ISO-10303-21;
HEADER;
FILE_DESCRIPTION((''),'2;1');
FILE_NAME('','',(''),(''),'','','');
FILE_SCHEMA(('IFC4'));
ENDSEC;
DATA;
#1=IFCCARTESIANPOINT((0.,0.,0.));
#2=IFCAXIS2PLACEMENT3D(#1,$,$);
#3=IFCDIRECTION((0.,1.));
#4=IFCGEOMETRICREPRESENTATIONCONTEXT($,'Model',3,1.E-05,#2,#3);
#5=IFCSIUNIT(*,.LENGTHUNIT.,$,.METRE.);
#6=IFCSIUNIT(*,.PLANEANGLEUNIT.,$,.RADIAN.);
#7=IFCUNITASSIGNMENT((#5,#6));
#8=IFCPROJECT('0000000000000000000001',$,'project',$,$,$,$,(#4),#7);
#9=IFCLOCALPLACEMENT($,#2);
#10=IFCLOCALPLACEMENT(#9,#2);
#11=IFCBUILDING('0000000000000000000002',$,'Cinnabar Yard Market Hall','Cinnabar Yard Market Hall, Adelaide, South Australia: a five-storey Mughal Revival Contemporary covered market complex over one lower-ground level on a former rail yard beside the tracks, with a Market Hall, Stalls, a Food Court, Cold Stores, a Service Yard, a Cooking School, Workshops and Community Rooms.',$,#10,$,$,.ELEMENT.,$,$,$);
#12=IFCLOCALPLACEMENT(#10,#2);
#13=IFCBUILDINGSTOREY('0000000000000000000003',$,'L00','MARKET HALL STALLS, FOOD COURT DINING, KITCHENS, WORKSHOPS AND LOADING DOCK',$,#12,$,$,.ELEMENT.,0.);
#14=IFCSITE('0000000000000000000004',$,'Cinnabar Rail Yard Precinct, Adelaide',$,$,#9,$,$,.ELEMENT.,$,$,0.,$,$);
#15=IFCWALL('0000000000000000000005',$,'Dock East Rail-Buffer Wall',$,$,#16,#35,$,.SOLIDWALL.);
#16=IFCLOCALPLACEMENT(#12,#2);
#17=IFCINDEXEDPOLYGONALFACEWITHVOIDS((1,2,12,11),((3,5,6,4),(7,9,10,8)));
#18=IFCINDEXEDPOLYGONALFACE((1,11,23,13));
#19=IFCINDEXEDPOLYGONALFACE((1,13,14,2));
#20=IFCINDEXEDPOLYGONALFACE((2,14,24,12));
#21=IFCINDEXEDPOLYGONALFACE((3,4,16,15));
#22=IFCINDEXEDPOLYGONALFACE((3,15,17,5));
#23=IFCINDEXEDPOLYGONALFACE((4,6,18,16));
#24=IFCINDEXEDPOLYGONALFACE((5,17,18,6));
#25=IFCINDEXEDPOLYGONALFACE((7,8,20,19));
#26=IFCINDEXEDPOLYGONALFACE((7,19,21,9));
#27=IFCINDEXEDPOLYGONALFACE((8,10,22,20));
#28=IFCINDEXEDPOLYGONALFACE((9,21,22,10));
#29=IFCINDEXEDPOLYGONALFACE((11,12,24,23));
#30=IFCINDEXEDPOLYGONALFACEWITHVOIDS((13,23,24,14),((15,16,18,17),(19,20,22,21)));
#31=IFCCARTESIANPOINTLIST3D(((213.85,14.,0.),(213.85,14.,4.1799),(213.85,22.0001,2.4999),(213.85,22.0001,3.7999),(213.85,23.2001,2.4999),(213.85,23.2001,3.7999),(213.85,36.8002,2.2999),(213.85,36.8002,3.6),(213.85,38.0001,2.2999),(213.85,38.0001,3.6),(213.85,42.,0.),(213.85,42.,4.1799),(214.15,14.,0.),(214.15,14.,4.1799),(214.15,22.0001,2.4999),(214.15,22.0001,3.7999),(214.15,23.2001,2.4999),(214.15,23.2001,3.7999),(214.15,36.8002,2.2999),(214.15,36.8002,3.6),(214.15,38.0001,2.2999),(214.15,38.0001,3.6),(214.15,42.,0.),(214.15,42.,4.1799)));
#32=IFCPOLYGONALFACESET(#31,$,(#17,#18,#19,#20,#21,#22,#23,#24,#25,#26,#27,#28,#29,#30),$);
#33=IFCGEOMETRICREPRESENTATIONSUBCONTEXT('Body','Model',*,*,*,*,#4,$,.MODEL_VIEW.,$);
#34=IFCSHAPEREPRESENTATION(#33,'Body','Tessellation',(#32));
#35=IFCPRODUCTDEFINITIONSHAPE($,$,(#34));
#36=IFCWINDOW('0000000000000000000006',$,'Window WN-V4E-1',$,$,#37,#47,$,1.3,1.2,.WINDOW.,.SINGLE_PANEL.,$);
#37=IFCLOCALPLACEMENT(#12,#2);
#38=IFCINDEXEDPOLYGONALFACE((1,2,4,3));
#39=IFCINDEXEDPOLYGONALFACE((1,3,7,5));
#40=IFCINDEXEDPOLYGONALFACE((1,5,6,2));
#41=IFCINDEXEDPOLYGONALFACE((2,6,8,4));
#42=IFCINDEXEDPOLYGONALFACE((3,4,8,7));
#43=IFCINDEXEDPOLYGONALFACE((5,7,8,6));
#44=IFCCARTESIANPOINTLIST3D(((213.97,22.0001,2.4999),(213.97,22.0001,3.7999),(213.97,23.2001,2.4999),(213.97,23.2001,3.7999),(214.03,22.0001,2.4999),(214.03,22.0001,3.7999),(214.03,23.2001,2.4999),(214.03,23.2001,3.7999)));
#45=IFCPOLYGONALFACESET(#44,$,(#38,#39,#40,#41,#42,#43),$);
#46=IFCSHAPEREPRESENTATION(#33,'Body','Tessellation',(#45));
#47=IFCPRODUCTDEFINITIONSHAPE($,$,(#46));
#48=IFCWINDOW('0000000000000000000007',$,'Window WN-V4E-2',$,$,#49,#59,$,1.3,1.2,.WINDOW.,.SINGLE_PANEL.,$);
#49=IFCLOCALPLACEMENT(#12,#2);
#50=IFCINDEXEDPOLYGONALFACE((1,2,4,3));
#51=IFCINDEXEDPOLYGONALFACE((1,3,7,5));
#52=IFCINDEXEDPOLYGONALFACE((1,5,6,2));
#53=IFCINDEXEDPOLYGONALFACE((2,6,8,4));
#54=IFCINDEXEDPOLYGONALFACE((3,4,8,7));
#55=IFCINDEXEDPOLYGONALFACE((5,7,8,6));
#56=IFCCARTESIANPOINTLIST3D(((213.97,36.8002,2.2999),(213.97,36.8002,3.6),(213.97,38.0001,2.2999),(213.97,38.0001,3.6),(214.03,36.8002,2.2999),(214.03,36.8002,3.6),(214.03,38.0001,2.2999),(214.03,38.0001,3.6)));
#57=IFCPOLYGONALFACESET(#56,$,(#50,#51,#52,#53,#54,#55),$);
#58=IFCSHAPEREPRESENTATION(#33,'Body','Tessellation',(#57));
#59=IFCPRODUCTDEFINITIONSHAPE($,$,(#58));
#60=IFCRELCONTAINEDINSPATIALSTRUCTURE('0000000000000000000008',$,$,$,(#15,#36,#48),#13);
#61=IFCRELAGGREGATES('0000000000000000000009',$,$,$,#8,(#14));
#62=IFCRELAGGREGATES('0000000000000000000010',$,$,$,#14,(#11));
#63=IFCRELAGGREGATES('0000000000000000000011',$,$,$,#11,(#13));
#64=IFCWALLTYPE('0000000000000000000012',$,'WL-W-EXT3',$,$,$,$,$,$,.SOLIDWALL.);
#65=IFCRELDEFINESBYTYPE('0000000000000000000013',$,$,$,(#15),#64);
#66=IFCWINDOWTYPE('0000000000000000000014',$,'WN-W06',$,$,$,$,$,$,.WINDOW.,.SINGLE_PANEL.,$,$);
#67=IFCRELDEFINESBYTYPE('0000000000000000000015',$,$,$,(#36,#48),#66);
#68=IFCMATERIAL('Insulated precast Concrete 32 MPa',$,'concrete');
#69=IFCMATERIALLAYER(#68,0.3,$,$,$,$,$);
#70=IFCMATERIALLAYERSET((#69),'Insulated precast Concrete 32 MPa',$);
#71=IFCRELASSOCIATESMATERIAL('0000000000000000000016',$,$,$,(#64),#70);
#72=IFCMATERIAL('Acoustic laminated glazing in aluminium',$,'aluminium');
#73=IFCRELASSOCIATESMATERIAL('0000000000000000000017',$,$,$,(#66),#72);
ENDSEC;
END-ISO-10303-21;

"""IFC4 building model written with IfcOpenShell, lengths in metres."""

from ifc_helpers import new_model, si_unit, direction, frame, frame_2d, origin, place, context, subcontext, project, spatial, rectangle, extrude, material, layer, layer_set, type_object, element, fill, save


model = new_model("IFC4")

# Units and contexts
model_context = context("Model", 3, precision=1e-05, world=origin(), true_north=direction((0.0, 1.0)))
body_context = subcontext(model_context, "Body", "Model", "MODEL_VIEW")
ifc_project = project(units=[si_unit("LENGTHUNIT", "METRE"), si_unit("PLANEANGLEUNIT", "RADIAN")], contexts=[model_context])

# Site, building, storey
site_placement = place(None, origin())
site = spatial("IfcSite", under=ifc_project, at=site_placement, Name="Cinnabar Rail Yard Precinct, Adelaide", CompositionType="ELEMENT", RefElevation=0.0)
building_placement = place(site_placement, origin())
building = spatial("IfcBuilding", under=site, at=building_placement, Name="Cinnabar Yard Market Hall", Description="Cinnabar Yard Market Hall, Adelaide, South Australia: a five-storey Mughal Revival Contemporary covered market complex over one lower-ground level on a former rail yard beside the tracks, with a Market Hall, Stalls, a Food Court, Cold Stores, a Service Yard, a Cooking School, Workshops and Community Rooms.", CompositionType="ELEMENT")
storey_placement = place(building_placement, origin())
storey = spatial("IfcBuildingStorey", under=building, at=storey_placement, Name="L00", Description="MARKET HALL STALLS, FOOD COURT DINING, KITCHENS, WORKSHOPS AND LOADING DOCK", CompositionType="ELEMENT", Elevation=0.0)

# Shared definitions
ifc_material_1 = material(Name="Insulated precast Concrete 32 MPa", Category="concrete")
ifc_layer_1 = layer(ifc_material_1, 0.3)
ifc_layer_set_1 = layer_set([ifc_layer_1], Name="Insulated precast Concrete 32 MPa")
wall_type_1 = type_object("IfcWallType", Name="WL-W-EXT3", PredefinedType="SOLIDWALL", material=ifc_layer_set_1)
ifc_material_2 = material(Name="Acoustic laminated glazing in aluminium", Category="aluminium")
window_type = type_object("IfcWindowType", Name="WN-W06", PartitioningType="SINGLE_PANEL", PredefinedType="WINDOW", material=ifc_material_2)

# Wall, openings, windows
wall_1_placement = place(storey_placement, frame((214.0, 14.0, 0.0), z_axis=(0.0, 0.0, 1.0), x_axis=(0.0, 1.0, 0.0)))
wall_1 = element("IfcWall", 1, at=wall_1_placement, inside=storey, type_object=wall_type_1, Name="Dock East Rail-Buffer Wall", PredefinedType="SOLIDWALL", context=body_context, shape_type="SweptSolid", body=[
    extrude(rectangle(XDim=28.0, YDim=0.3, at=frame_2d((14.0, 0.0), x_axis=(1.0, 0.0))), origin(), (0.0, 0.0, 1.0), 4.1799),
])
opening_1_placement = place(wall_1_placement, frame((8.0, 0.0, 2.5)))
opening_1 = element("IfcOpeningElement", 2, at=opening_1_placement, cuts=wall_1, PredefinedType="OPENING", context=body_context, shape_type="SweptSolid", body=[
    extrude(rectangle(XDim=1.2, YDim=1.3, at=frame_2d((0.6001, 0.6499), x_axis=(1.0, 0.0))), frame((0.0, 0.1599, 0.0), z_axis=(0.0, -1.0, 0.0), x_axis=(1.0, 0.0, 0.0)), (0.0, 0.0, 1.0), 0.3201),
])
opening_2_placement = place(wall_1_placement, frame((22.8, 0.0, 2.3)))
opening_2 = element("IfcOpeningElement", 3, at=opening_2_placement, cuts=wall_1, PredefinedType="OPENING", context=body_context, shape_type="SweptSolid", body=[
    extrude(rectangle(XDim=1.2, YDim=1.3, at=frame_2d((0.6001, 0.6499), x_axis=(1.0, 0.0))), frame((0.0, 0.1599, 0.0), z_axis=(0.0, -1.0, 0.0), x_axis=(1.0, 0.0, 0.0)), (0.0, 0.0, 1.0), 0.3201),
])
window_1_placement = place(opening_1_placement, origin())
window_1 = element("IfcWindow", 4, at=window_1_placement, inside=storey, type_object=window_type, Name="Window WN-V4E-1", OverallHeight=1.3, OverallWidth=1.2, PartitioningType="SINGLE_PANEL", PredefinedType="WINDOW", context=body_context, shape_type="SweptSolid", body=[
    extrude(rectangle(XDim=1.2, YDim=1.3, at=frame_2d((0.6001, 0.6499), x_axis=(1.0, 0.0))), frame((0.0, 0.03, 0.0), z_axis=(0.0, -1.0, 0.0), x_axis=(1.0, 0.0, 0.0)), (0.0, 0.0, 1.0), 0.0601),
])
fill(opening_1, window_1)
window_2_placement = place(opening_2_placement, origin())
window_2 = element("IfcWindow", 5, at=window_2_placement, inside=storey, type_object=window_type, Name="Window WN-V4E-2", OverallHeight=1.3, OverallWidth=1.2, PartitioningType="SINGLE_PANEL", PredefinedType="WINDOW", context=body_context, shape_type="SweptSolid", body=[
    extrude(rectangle(XDim=1.2, YDim=1.3, at=frame_2d((0.6001, 0.6499), x_axis=(1.0, 0.0))), frame((0.0, 0.03, 0.0), z_axis=(0.0, -1.0, 0.0), x_axis=(1.0, 0.0, 0.0)), (0.0, 0.0, 1.0), 0.0601),
])
fill(opening_2, window_2)

save(model, "model.ifc")
